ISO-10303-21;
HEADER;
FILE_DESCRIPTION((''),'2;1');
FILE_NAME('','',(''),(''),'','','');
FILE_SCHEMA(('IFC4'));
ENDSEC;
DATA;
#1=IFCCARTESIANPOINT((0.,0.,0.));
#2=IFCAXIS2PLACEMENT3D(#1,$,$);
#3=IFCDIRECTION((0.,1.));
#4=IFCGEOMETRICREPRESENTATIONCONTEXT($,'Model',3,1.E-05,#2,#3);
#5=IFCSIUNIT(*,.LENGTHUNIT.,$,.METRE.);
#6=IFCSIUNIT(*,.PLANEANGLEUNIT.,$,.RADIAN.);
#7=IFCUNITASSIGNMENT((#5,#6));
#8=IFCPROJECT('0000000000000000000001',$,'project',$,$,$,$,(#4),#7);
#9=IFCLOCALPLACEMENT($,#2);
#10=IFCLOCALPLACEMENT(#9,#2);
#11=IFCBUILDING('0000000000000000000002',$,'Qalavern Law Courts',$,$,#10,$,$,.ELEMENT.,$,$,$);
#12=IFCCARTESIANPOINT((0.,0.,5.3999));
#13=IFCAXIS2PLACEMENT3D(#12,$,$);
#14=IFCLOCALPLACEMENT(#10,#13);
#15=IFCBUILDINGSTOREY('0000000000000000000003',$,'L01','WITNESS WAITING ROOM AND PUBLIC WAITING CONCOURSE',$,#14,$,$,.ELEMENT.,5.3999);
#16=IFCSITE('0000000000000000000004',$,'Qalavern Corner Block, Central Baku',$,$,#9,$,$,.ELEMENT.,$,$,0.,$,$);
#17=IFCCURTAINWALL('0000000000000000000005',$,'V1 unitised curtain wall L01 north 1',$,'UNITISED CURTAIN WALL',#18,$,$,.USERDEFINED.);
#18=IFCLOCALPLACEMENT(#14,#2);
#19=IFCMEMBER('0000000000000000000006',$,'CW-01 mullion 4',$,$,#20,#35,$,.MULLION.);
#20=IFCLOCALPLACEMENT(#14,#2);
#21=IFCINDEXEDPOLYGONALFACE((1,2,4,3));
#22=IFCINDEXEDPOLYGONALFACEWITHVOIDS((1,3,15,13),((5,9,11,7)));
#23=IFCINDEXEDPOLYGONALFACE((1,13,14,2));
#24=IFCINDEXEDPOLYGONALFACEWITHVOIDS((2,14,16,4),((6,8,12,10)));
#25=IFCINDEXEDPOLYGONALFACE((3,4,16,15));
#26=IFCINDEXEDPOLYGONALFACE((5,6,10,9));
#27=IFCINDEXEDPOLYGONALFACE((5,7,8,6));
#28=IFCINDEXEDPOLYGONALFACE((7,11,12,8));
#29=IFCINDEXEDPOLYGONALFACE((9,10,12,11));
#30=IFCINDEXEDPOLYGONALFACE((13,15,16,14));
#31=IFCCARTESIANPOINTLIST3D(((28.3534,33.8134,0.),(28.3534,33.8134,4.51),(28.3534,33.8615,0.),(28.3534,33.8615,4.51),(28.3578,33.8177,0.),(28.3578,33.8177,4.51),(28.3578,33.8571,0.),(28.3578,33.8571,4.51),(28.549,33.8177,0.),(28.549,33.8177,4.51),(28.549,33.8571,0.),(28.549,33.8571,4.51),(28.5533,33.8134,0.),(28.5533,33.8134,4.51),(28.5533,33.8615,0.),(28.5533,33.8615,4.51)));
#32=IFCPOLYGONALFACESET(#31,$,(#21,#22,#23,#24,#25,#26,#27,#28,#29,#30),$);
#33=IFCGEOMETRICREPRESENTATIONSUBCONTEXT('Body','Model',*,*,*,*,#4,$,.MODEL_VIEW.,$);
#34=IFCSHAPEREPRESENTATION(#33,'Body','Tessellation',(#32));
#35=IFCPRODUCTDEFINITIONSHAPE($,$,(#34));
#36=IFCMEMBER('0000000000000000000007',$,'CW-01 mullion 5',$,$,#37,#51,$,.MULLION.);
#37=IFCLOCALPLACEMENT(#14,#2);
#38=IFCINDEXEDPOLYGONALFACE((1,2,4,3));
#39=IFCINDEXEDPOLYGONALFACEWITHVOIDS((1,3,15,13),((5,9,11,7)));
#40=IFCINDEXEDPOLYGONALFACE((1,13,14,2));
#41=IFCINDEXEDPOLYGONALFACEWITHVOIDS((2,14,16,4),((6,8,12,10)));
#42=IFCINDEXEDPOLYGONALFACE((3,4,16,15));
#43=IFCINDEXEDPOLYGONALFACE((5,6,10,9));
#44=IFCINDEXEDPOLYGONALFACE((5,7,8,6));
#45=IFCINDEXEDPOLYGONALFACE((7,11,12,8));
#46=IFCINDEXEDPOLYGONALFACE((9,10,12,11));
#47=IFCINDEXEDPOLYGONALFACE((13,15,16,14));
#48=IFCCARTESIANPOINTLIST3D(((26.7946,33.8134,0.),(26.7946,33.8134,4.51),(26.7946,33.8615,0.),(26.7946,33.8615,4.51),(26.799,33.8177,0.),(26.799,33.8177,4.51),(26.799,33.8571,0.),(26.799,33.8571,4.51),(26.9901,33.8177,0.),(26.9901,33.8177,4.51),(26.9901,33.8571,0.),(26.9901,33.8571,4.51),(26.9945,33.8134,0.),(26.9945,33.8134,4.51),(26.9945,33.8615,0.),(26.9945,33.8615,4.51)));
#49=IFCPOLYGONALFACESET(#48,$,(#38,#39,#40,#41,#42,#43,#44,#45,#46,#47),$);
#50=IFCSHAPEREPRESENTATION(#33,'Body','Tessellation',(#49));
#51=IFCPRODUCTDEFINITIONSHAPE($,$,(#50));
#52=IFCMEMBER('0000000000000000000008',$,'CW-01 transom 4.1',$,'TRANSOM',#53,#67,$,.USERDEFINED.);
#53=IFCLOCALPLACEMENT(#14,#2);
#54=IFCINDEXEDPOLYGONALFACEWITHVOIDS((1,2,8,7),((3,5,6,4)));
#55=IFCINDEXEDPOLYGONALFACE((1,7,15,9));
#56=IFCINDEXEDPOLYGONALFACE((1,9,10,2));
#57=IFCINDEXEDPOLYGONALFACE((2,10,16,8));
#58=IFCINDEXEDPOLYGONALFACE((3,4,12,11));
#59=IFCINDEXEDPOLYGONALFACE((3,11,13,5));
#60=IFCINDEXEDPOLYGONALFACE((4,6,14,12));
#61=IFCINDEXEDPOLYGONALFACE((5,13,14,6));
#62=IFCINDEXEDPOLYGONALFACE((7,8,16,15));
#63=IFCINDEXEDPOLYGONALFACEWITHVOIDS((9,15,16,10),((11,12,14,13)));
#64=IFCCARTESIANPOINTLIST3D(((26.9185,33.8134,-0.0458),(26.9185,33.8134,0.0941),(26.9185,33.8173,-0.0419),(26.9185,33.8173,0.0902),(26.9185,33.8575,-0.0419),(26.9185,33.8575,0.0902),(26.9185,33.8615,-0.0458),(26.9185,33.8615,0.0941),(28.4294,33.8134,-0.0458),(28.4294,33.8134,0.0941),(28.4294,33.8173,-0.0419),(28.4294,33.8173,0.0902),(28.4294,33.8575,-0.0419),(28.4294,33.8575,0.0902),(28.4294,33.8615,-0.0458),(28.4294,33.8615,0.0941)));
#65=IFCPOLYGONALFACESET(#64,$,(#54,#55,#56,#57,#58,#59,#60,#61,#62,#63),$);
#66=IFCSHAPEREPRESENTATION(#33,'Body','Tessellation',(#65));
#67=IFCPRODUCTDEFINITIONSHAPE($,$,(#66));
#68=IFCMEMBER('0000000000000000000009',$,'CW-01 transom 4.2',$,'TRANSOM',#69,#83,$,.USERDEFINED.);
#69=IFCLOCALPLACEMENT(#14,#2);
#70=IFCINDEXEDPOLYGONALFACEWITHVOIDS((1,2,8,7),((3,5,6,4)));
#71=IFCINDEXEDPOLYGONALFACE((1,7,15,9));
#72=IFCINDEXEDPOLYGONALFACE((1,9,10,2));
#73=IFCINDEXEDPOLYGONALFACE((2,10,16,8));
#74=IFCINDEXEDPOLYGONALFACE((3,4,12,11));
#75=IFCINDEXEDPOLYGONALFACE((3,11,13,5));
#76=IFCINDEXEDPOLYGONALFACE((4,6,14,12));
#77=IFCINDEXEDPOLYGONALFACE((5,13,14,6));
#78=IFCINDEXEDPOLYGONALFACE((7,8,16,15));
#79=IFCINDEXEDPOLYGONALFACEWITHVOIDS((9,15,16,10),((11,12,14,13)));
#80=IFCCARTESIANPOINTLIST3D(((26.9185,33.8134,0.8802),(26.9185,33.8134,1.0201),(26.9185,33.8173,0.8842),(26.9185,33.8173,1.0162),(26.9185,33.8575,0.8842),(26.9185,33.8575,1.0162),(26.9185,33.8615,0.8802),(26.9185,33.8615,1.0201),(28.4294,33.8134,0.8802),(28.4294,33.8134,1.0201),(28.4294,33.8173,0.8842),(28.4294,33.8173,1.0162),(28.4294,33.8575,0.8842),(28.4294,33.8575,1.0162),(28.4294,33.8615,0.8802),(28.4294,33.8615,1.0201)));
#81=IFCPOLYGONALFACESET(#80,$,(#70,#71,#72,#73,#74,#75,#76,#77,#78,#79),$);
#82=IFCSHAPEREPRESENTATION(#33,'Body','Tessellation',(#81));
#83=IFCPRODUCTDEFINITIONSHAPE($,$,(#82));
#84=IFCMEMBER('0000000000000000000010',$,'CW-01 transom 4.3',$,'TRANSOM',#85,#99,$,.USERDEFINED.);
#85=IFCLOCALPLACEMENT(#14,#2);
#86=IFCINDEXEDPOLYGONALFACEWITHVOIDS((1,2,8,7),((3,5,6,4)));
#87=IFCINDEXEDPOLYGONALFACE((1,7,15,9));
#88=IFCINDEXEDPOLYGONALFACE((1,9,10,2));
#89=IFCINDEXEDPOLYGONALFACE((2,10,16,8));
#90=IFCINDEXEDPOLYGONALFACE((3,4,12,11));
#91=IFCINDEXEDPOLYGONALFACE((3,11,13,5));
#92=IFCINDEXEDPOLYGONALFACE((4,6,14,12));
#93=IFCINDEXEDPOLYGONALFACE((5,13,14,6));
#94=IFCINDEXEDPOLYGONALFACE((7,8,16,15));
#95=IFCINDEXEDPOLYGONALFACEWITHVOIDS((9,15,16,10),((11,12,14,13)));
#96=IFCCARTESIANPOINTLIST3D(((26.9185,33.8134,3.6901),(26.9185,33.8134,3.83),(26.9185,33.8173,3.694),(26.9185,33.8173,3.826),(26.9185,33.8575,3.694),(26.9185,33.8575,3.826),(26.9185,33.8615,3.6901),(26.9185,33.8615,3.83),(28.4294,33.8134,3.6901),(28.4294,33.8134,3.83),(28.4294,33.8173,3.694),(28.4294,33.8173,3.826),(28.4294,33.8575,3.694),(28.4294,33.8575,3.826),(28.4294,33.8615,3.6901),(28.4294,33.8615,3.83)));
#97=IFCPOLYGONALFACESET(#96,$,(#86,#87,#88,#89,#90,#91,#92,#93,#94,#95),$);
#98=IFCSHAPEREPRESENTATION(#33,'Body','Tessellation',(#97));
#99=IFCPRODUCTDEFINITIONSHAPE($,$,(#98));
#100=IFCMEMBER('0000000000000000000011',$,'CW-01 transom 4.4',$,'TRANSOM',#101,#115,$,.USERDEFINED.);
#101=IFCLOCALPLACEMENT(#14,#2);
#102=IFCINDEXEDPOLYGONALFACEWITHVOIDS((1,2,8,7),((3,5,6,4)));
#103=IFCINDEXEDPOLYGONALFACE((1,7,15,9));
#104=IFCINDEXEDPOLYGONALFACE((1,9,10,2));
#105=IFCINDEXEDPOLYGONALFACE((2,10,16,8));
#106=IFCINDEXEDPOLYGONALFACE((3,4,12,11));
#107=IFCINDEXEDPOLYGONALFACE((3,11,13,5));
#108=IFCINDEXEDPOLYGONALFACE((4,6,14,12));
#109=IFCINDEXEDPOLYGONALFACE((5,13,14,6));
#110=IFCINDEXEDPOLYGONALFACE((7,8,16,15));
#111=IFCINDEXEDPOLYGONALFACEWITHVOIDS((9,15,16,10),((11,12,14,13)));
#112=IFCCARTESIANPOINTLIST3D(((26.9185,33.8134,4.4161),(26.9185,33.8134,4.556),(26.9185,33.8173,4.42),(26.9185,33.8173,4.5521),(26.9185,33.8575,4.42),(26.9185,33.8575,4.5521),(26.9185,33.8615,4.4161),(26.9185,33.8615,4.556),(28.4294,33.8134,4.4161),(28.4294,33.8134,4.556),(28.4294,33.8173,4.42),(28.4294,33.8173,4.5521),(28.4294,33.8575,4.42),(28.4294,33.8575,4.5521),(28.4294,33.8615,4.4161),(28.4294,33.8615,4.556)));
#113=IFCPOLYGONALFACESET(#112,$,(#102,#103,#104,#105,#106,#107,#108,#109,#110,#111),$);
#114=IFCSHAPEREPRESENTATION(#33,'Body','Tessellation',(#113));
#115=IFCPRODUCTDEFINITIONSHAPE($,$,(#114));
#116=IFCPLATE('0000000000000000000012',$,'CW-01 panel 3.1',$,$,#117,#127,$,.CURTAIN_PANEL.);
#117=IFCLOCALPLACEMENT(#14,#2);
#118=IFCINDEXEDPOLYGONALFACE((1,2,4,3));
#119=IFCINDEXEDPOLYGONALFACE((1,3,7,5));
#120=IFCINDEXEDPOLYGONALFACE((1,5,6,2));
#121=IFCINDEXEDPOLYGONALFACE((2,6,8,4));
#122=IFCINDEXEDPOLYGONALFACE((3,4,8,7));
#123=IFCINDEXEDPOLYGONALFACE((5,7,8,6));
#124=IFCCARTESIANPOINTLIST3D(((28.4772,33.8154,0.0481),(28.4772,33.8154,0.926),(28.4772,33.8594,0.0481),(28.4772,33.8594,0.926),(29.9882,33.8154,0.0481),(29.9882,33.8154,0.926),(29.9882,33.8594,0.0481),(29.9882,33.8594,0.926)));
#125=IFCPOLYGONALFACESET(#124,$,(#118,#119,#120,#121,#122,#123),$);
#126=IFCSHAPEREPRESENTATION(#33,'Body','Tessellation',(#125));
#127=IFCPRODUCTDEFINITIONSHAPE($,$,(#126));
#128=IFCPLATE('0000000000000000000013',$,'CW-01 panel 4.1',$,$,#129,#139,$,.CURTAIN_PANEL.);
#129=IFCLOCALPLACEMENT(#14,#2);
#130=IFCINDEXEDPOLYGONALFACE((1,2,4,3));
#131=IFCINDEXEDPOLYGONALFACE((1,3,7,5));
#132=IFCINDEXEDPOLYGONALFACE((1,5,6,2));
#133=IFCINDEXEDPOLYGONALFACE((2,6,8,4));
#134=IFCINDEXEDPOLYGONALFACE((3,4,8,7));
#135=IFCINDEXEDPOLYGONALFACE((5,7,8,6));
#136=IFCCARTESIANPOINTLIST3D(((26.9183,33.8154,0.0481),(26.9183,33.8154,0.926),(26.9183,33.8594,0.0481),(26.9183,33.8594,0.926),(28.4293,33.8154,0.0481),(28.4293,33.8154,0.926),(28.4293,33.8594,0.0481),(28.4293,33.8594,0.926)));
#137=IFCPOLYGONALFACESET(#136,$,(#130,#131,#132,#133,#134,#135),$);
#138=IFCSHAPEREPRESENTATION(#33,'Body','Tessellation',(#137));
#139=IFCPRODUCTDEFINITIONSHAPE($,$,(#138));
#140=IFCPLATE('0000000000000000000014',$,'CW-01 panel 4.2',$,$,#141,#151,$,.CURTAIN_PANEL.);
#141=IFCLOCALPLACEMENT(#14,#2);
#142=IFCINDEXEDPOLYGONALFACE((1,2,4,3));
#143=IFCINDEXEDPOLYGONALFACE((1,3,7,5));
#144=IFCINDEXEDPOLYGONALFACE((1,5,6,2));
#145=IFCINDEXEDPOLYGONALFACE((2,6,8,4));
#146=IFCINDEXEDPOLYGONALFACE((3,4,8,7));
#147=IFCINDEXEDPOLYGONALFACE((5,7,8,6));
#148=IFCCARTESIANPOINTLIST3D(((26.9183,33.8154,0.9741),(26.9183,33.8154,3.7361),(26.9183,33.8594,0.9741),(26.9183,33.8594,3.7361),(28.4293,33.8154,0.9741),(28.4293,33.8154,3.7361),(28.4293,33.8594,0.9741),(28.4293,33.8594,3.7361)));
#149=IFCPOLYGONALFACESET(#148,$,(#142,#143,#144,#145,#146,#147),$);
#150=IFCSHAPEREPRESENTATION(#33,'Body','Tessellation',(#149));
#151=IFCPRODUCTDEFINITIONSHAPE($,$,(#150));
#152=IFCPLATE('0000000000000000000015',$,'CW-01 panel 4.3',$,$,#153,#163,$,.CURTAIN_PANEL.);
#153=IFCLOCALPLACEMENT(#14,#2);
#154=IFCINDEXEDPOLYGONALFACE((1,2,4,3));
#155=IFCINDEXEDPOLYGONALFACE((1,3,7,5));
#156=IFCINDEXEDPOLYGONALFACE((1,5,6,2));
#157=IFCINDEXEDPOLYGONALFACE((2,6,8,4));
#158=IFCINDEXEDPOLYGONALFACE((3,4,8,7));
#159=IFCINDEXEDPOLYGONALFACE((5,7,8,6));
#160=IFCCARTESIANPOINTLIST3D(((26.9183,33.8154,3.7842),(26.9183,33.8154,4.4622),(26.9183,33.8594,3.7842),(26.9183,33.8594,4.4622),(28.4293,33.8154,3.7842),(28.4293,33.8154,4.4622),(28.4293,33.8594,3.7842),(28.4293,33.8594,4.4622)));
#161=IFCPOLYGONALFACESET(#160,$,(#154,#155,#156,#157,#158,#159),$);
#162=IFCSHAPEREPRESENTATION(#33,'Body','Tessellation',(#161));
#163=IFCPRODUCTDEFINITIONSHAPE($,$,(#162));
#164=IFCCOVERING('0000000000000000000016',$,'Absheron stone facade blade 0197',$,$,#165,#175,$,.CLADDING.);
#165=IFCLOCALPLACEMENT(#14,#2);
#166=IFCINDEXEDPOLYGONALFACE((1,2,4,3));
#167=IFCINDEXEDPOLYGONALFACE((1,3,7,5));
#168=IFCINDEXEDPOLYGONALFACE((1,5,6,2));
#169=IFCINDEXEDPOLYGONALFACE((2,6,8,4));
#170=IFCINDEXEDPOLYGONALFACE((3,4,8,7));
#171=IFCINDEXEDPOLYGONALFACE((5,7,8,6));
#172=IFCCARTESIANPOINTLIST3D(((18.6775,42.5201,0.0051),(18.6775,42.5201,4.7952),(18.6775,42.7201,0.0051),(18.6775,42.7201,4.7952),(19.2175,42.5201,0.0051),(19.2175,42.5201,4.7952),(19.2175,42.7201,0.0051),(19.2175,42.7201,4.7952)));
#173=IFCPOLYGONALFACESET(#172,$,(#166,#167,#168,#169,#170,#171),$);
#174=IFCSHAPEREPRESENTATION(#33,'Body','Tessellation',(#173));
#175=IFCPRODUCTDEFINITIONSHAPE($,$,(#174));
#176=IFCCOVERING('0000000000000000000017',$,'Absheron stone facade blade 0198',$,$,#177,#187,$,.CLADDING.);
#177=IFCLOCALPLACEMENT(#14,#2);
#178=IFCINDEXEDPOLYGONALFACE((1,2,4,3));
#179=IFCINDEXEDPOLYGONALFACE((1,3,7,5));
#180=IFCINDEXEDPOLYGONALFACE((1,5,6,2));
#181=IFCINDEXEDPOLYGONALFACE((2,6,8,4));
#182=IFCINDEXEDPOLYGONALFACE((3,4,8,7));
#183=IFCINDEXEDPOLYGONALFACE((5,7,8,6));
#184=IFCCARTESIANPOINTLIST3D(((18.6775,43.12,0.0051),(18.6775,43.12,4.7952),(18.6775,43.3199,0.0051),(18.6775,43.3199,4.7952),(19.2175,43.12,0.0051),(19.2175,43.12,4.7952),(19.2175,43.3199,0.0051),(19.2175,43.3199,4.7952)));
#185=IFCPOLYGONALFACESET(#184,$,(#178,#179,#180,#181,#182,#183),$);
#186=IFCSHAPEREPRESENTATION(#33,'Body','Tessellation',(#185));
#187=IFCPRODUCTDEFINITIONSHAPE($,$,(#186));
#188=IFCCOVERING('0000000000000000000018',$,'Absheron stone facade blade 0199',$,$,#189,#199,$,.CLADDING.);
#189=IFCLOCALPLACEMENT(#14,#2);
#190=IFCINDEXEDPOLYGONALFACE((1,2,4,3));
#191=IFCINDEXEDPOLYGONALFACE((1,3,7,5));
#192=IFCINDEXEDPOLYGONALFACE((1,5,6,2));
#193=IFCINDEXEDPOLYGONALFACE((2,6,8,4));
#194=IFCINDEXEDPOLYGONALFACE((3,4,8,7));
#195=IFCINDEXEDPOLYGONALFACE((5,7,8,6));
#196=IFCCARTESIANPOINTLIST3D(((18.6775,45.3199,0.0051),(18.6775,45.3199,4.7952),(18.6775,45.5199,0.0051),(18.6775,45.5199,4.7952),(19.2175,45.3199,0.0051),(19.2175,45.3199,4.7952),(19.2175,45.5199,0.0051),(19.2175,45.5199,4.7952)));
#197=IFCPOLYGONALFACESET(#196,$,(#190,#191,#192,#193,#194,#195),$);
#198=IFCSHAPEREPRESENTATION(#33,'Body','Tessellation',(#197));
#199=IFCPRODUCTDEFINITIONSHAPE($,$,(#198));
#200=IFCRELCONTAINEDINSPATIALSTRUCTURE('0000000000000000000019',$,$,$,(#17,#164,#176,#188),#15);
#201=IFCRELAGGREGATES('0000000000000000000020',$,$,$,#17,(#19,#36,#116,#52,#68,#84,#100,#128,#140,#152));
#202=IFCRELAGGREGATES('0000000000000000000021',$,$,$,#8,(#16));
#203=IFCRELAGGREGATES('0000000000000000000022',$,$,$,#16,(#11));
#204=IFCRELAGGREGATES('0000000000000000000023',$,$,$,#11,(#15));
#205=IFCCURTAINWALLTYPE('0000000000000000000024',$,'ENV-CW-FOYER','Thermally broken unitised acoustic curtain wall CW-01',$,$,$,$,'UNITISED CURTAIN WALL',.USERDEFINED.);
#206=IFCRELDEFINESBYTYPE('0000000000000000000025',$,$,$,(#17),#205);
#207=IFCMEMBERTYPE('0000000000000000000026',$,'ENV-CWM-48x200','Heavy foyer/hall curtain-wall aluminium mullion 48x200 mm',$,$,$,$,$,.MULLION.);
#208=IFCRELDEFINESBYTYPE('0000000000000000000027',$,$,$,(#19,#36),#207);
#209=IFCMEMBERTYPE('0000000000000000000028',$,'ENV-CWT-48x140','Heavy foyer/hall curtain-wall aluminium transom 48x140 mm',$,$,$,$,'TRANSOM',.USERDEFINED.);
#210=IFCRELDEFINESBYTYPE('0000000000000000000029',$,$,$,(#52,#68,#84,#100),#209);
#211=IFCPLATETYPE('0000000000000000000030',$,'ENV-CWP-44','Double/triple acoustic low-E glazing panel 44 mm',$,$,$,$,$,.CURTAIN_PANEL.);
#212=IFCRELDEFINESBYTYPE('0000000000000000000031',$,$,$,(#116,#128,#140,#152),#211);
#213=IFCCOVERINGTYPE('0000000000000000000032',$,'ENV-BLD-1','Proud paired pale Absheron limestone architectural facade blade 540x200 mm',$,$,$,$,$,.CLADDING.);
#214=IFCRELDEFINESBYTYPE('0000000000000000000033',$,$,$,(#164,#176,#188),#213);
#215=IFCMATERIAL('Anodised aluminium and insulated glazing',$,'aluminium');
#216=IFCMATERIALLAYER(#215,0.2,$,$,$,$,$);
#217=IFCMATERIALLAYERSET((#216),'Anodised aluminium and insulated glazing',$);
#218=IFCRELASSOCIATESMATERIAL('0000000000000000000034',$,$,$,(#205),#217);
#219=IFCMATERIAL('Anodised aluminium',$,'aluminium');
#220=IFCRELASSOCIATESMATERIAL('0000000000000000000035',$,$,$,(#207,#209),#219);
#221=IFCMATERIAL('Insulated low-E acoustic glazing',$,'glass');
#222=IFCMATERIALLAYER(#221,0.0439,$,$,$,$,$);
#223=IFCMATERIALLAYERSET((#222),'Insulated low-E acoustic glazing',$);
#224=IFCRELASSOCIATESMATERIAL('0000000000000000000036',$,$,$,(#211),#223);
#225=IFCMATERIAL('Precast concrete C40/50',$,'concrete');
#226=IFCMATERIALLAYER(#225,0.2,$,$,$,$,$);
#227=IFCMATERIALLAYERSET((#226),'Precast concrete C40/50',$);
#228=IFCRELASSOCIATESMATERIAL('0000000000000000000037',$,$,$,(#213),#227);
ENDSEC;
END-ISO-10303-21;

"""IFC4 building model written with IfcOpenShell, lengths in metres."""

from ifc_helpers import new_model, si_unit, direction, frame, origin, origin_2d, place, context, subcontext, project, spatial, rectangle, hollow_rectangle, extrude, material, layer, layer_set, material_profile, profile_set, type_object, element, aggregate, save


model = new_model("IFC4")

# Units and contexts
model_context = context("Model", 3, precision=1e-05, world=origin(), true_north=direction((0.0, 1.0)))
body_context = subcontext(model_context, "Body", "Model", "MODEL_VIEW")
ifc_project = project(units=[si_unit("LENGTHUNIT", "METRE"), si_unit("PLANEANGLEUNIT", "RADIAN")], contexts=[model_context])

# Site, building, storey
site_placement = place(None, origin())
site = spatial("IfcSite", under=ifc_project, at=site_placement, Name="Qalavern Corner Block, Central Baku", CompositionType="ELEMENT", RefElevation=0.0)
building_placement = place(site_placement, origin())
building = spatial("IfcBuilding", under=site, at=building_placement, Name="Qalavern Law Courts", CompositionType="ELEMENT")
storey_placement = place(building_placement, frame((0.0, 0.0, 5.3999)))
storey = spatial("IfcBuildingStorey", under=building, at=storey_placement, Name="L01", Description="WITNESS WAITING ROOM AND PUBLIC WAITING CONCOURSE", CompositionType="ELEMENT", Elevation=5.3999)

# Curtain wall, members, plates
ifc_material_1 = material(Name="Anodised aluminium and insulated glazing", Category="aluminium")
ifc_layer_1 = layer(ifc_material_1, 0.2)
ifc_layer_set_1 = layer_set([ifc_layer_1], Name="Anodised aluminium and insulated glazing")
curtain_wall_type = type_object("IfcCurtainWallType", Name="ENV-CW-FOYER", Description="Thermally broken unitised acoustic curtain wall CW-01", ElementType="UNITISED CURTAIN WALL", PredefinedType="USERDEFINED", material=ifc_layer_set_1)
curtain_wall_placement = place(storey_placement, origin())
curtain_wall = element("IfcCurtainWall", 1, at=curtain_wall_placement, inside=storey, type_object=curtain_wall_type, Name="V1 unitised curtain wall L01 north 1", ObjectType="UNITISED CURTAIN WALL", PredefinedType="USERDEFINED")
ifc_material_2 = material(Name="Anodised aluminium", Category="aluminium")
ifc_material_profile_1 = material_profile(ifc_material_2, hollow_rectangle(XDim=0.0481, YDim=0.2, WallThickness=0.0044, at=origin_2d()), Name="ALU MULLION 48x200")
ifc_profile_set_1 = profile_set([ifc_material_profile_1], Name="Anodised aluminium")
member_type_1 = type_object("IfcMemberType", Name="ENV-CWM-48x200", Description="Heavy foyer/hall curtain-wall aluminium mullion 48x200 mm", PredefinedType="MULLION", material=ifc_profile_set_1)
member_1_placement = place(storey_placement, frame((28.4534, 33.8374, 0.0), z_axis=(0.0, 0.0, 1.0), x_axis=(0.0, -1.0, 0.0)))
member_1 = element("IfcMember", 2, at=member_1_placement, type_object=member_type_1, Name="CW-01 mullion 4", PredefinedType="MULLION", context=body_context, shape_type="SweptSolid", body=[
    extrude(hollow_rectangle(XDim=0.0481, YDim=0.2, WallThickness=0.0044, at=origin_2d()), origin(), (0.0, 0.0, 1.0), 4.51),
])
member_2_placement = place(storey_placement, frame((26.8945, 33.8374, 0.0), z_axis=(0.0, 0.0, 1.0), x_axis=(0.0, -1.0, 0.0)))
member_2 = element("IfcMember", 3, at=member_2_placement, type_object=member_type_1, Name="CW-01 mullion 5", PredefinedType="MULLION", context=body_context, shape_type="SweptSolid", body=[
    extrude(hollow_rectangle(XDim=0.0481, YDim=0.2, WallThickness=0.0044, at=origin_2d()), origin(), (0.0, 0.0, 1.0), 4.51),
])
ifc_material_profile_2 = material_profile(ifc_material_2, hollow_rectangle(XDim=0.0481, YDim=0.1399, WallThickness=0.0039, at=origin_2d()), Name="ALU TRANSOM 48x140")
ifc_profile_set_2 = profile_set([ifc_material_profile_2], Name="Anodised aluminium")
member_type_2 = type_object("IfcMemberType", Name="ENV-CWT-48x140", Description="Heavy foyer/hall curtain-wall aluminium transom 48x140 mm", ElementType="TRANSOM", PredefinedType="USERDEFINED", material=ifc_profile_set_2)
member_3_placement = place(storey_placement, frame((28.4294, 33.8374, 0.0242), z_axis=(-1.0, 0.0, 0.0), x_axis=(0.0, -1.0, 0.0)))
member_3 = element("IfcMember", 4, at=member_3_placement, type_object=member_type_2, Name="CW-01 transom 4.1", ObjectType="TRANSOM", PredefinedType="USERDEFINED", context=body_context, shape_type="SweptSolid", body=[
    extrude(hollow_rectangle(XDim=0.0481, YDim=0.1399, WallThickness=0.0039, at=origin_2d()), origin(), (0.0, 0.0, 1.0), 1.511),
])
member_4_placement = place(storey_placement, frame((28.4294, 33.8374, 0.9502), z_axis=(-1.0, 0.0, 0.0), x_axis=(0.0, -1.0, 0.0)))
member_4 = element("IfcMember", 5, at=member_4_placement, type_object=member_type_2, Name="CW-01 transom 4.2", ObjectType="TRANSOM", PredefinedType="USERDEFINED", context=body_context, shape_type="SweptSolid", body=[
    extrude(hollow_rectangle(XDim=0.0481, YDim=0.1399, WallThickness=0.0039, at=origin_2d()), origin(), (0.0, 0.0, 1.0), 1.511),
])
member_5_placement = place(storey_placement, frame((28.4294, 33.8374, 3.76), z_axis=(-1.0, 0.0, 0.0), x_axis=(0.0, -1.0, 0.0)))
member_5 = element("IfcMember", 6, at=member_5_placement, type_object=member_type_2, Name="CW-01 transom 4.3", ObjectType="TRANSOM", PredefinedType="USERDEFINED", context=body_context, shape_type="SweptSolid", body=[
    extrude(hollow_rectangle(XDim=0.0481, YDim=0.1399, WallThickness=0.0039, at=origin_2d()), origin(), (0.0, 0.0, 1.0), 1.511),
])
member_6_placement = place(storey_placement, frame((28.4294, 33.8374, 4.4861), z_axis=(-1.0, 0.0, 0.0), x_axis=(0.0, -1.0, 0.0)))
member_6 = element("IfcMember", 7, at=member_6_placement, type_object=member_type_2, Name="CW-01 transom 4.4", ObjectType="TRANSOM", PredefinedType="USERDEFINED", context=body_context, shape_type="SweptSolid", body=[
    extrude(hollow_rectangle(XDim=0.0481, YDim=0.1399, WallThickness=0.0039, at=origin_2d()), origin(), (0.0, 0.0, 1.0), 1.511),
])
ifc_material_3 = material(Name="Insulated low-E acoustic glazing", Category="glass")
ifc_layer_2 = layer(ifc_material_3, 0.0439)
ifc_layer_set_2 = layer_set([ifc_layer_2], Name="Insulated low-E acoustic glazing")
plate_type = type_object("IfcPlateType", Name="ENV-CWP-44", Description="Double/triple acoustic low-E glazing panel 44 mm", PredefinedType="CURTAIN_PANEL", material=ifc_layer_set_2)
plate_1_placement = place(storey_placement, frame((29.2327, 33.8374, 0.0481), z_axis=(0.0, 0.0, 1.0), x_axis=(-1.0, 0.0, 0.0)))
plate_1 = element("IfcPlate", 8, at=plate_1_placement, type_object=plate_type, Name="CW-01 panel 3.1", PredefinedType="CURTAIN_PANEL", context=body_context, shape_type="SweptSolid", body=[
    extrude(rectangle(XDim=1.511, YDim=0.0439, at=origin_2d()), origin(), (0.0, 0.0, 1.0), 0.8779),
])
plate_2_placement = place(storey_placement, frame((27.6738, 33.8374, 0.0481), z_axis=(0.0, 0.0, 1.0), x_axis=(-1.0, 0.0, 0.0)))
plate_2 = element("IfcPlate", 9, at=plate_2_placement, type_object=plate_type, Name="CW-01 panel 4.1", PredefinedType="CURTAIN_PANEL", context=body_context, shape_type="SweptSolid", body=[
    extrude(rectangle(XDim=1.511, YDim=0.0439, at=origin_2d()), origin(), (0.0, 0.0, 1.0), 0.8779),
])
plate_3_placement = place(storey_placement, frame((27.6738, 33.8374, 0.9741), z_axis=(0.0, 0.0, 1.0), x_axis=(-1.0, 0.0, 0.0)))
plate_3 = element("IfcPlate", 10, at=plate_3_placement, type_object=plate_type, Name="CW-01 panel 4.2", PredefinedType="CURTAIN_PANEL", context=body_context, shape_type="SweptSolid", body=[
    extrude(rectangle(XDim=1.511, YDim=0.0439, at=origin_2d()), origin(), (0.0, 0.0, 1.0), 2.762),
])
plate_4_placement = place(storey_placement, frame((27.6738, 33.8374, 3.7842), z_axis=(0.0, 0.0, 1.0), x_axis=(-1.0, 0.0, 0.0)))
plate_4 = element("IfcPlate", 11, at=plate_4_placement, type_object=plate_type, Name="CW-01 panel 4.3", PredefinedType="CURTAIN_PANEL", context=body_context, shape_type="SweptSolid", body=[
    extrude(rectangle(XDim=1.511, YDim=0.0439, at=origin_2d()), origin(), (0.0, 0.0, 1.0), 0.678),
])
aggregate(curtain_wall, [member_1, member_2, plate_1, member_3, member_4, member_5, member_6, plate_2, plate_3, plate_4])

# Coverings
ifc_material_4 = material(Name="Precast concrete C40/50", Category="concrete")
ifc_layer_3 = layer(ifc_material_4, 0.2)
ifc_layer_set_3 = layer_set([ifc_layer_3], Name="Precast concrete C40/50")
covering_type_1 = type_object("IfcCoveringType", Name="ENV-BLD-1", Description="Proud paired pale Absheron limestone architectural facade blade 540x200 mm", PredefinedType="CLADDING", material=ifc_layer_set_3)
for number, where, z_axis, x_axis, name in (
    (12, (18.9475, 42.6201, 0.0051), (0.0, 0.0, 1.0), (1.0, 0.0, 0.0), "Absheron stone facade blade 0197"),
    (13, (18.9475, 43.22, 0.0051), (0.0, 0.0, 1.0), (1.0, 0.0, 0.0), "Absheron stone facade blade 0198"),
    (14, (18.9475, 45.4199, 0.0051), (0.0, 0.0, 1.0), (1.0, 0.0, 0.0), "Absheron stone facade blade 0199"),
):
    element("IfcCovering", number, at=place(storey_placement, frame(where, z_axis=z_axis, x_axis=x_axis)), inside=storey, type_object=covering_type_1, Name=name, PredefinedType="CLADDING", context=body_context, shape_type="SweptSolid", body=[
        extrude(rectangle(XDim=0.54, YDim=0.2, at=origin_2d()), origin(), (0.0, 0.0, 1.0), 4.79),
    ])

save(model, "model.ifc")
